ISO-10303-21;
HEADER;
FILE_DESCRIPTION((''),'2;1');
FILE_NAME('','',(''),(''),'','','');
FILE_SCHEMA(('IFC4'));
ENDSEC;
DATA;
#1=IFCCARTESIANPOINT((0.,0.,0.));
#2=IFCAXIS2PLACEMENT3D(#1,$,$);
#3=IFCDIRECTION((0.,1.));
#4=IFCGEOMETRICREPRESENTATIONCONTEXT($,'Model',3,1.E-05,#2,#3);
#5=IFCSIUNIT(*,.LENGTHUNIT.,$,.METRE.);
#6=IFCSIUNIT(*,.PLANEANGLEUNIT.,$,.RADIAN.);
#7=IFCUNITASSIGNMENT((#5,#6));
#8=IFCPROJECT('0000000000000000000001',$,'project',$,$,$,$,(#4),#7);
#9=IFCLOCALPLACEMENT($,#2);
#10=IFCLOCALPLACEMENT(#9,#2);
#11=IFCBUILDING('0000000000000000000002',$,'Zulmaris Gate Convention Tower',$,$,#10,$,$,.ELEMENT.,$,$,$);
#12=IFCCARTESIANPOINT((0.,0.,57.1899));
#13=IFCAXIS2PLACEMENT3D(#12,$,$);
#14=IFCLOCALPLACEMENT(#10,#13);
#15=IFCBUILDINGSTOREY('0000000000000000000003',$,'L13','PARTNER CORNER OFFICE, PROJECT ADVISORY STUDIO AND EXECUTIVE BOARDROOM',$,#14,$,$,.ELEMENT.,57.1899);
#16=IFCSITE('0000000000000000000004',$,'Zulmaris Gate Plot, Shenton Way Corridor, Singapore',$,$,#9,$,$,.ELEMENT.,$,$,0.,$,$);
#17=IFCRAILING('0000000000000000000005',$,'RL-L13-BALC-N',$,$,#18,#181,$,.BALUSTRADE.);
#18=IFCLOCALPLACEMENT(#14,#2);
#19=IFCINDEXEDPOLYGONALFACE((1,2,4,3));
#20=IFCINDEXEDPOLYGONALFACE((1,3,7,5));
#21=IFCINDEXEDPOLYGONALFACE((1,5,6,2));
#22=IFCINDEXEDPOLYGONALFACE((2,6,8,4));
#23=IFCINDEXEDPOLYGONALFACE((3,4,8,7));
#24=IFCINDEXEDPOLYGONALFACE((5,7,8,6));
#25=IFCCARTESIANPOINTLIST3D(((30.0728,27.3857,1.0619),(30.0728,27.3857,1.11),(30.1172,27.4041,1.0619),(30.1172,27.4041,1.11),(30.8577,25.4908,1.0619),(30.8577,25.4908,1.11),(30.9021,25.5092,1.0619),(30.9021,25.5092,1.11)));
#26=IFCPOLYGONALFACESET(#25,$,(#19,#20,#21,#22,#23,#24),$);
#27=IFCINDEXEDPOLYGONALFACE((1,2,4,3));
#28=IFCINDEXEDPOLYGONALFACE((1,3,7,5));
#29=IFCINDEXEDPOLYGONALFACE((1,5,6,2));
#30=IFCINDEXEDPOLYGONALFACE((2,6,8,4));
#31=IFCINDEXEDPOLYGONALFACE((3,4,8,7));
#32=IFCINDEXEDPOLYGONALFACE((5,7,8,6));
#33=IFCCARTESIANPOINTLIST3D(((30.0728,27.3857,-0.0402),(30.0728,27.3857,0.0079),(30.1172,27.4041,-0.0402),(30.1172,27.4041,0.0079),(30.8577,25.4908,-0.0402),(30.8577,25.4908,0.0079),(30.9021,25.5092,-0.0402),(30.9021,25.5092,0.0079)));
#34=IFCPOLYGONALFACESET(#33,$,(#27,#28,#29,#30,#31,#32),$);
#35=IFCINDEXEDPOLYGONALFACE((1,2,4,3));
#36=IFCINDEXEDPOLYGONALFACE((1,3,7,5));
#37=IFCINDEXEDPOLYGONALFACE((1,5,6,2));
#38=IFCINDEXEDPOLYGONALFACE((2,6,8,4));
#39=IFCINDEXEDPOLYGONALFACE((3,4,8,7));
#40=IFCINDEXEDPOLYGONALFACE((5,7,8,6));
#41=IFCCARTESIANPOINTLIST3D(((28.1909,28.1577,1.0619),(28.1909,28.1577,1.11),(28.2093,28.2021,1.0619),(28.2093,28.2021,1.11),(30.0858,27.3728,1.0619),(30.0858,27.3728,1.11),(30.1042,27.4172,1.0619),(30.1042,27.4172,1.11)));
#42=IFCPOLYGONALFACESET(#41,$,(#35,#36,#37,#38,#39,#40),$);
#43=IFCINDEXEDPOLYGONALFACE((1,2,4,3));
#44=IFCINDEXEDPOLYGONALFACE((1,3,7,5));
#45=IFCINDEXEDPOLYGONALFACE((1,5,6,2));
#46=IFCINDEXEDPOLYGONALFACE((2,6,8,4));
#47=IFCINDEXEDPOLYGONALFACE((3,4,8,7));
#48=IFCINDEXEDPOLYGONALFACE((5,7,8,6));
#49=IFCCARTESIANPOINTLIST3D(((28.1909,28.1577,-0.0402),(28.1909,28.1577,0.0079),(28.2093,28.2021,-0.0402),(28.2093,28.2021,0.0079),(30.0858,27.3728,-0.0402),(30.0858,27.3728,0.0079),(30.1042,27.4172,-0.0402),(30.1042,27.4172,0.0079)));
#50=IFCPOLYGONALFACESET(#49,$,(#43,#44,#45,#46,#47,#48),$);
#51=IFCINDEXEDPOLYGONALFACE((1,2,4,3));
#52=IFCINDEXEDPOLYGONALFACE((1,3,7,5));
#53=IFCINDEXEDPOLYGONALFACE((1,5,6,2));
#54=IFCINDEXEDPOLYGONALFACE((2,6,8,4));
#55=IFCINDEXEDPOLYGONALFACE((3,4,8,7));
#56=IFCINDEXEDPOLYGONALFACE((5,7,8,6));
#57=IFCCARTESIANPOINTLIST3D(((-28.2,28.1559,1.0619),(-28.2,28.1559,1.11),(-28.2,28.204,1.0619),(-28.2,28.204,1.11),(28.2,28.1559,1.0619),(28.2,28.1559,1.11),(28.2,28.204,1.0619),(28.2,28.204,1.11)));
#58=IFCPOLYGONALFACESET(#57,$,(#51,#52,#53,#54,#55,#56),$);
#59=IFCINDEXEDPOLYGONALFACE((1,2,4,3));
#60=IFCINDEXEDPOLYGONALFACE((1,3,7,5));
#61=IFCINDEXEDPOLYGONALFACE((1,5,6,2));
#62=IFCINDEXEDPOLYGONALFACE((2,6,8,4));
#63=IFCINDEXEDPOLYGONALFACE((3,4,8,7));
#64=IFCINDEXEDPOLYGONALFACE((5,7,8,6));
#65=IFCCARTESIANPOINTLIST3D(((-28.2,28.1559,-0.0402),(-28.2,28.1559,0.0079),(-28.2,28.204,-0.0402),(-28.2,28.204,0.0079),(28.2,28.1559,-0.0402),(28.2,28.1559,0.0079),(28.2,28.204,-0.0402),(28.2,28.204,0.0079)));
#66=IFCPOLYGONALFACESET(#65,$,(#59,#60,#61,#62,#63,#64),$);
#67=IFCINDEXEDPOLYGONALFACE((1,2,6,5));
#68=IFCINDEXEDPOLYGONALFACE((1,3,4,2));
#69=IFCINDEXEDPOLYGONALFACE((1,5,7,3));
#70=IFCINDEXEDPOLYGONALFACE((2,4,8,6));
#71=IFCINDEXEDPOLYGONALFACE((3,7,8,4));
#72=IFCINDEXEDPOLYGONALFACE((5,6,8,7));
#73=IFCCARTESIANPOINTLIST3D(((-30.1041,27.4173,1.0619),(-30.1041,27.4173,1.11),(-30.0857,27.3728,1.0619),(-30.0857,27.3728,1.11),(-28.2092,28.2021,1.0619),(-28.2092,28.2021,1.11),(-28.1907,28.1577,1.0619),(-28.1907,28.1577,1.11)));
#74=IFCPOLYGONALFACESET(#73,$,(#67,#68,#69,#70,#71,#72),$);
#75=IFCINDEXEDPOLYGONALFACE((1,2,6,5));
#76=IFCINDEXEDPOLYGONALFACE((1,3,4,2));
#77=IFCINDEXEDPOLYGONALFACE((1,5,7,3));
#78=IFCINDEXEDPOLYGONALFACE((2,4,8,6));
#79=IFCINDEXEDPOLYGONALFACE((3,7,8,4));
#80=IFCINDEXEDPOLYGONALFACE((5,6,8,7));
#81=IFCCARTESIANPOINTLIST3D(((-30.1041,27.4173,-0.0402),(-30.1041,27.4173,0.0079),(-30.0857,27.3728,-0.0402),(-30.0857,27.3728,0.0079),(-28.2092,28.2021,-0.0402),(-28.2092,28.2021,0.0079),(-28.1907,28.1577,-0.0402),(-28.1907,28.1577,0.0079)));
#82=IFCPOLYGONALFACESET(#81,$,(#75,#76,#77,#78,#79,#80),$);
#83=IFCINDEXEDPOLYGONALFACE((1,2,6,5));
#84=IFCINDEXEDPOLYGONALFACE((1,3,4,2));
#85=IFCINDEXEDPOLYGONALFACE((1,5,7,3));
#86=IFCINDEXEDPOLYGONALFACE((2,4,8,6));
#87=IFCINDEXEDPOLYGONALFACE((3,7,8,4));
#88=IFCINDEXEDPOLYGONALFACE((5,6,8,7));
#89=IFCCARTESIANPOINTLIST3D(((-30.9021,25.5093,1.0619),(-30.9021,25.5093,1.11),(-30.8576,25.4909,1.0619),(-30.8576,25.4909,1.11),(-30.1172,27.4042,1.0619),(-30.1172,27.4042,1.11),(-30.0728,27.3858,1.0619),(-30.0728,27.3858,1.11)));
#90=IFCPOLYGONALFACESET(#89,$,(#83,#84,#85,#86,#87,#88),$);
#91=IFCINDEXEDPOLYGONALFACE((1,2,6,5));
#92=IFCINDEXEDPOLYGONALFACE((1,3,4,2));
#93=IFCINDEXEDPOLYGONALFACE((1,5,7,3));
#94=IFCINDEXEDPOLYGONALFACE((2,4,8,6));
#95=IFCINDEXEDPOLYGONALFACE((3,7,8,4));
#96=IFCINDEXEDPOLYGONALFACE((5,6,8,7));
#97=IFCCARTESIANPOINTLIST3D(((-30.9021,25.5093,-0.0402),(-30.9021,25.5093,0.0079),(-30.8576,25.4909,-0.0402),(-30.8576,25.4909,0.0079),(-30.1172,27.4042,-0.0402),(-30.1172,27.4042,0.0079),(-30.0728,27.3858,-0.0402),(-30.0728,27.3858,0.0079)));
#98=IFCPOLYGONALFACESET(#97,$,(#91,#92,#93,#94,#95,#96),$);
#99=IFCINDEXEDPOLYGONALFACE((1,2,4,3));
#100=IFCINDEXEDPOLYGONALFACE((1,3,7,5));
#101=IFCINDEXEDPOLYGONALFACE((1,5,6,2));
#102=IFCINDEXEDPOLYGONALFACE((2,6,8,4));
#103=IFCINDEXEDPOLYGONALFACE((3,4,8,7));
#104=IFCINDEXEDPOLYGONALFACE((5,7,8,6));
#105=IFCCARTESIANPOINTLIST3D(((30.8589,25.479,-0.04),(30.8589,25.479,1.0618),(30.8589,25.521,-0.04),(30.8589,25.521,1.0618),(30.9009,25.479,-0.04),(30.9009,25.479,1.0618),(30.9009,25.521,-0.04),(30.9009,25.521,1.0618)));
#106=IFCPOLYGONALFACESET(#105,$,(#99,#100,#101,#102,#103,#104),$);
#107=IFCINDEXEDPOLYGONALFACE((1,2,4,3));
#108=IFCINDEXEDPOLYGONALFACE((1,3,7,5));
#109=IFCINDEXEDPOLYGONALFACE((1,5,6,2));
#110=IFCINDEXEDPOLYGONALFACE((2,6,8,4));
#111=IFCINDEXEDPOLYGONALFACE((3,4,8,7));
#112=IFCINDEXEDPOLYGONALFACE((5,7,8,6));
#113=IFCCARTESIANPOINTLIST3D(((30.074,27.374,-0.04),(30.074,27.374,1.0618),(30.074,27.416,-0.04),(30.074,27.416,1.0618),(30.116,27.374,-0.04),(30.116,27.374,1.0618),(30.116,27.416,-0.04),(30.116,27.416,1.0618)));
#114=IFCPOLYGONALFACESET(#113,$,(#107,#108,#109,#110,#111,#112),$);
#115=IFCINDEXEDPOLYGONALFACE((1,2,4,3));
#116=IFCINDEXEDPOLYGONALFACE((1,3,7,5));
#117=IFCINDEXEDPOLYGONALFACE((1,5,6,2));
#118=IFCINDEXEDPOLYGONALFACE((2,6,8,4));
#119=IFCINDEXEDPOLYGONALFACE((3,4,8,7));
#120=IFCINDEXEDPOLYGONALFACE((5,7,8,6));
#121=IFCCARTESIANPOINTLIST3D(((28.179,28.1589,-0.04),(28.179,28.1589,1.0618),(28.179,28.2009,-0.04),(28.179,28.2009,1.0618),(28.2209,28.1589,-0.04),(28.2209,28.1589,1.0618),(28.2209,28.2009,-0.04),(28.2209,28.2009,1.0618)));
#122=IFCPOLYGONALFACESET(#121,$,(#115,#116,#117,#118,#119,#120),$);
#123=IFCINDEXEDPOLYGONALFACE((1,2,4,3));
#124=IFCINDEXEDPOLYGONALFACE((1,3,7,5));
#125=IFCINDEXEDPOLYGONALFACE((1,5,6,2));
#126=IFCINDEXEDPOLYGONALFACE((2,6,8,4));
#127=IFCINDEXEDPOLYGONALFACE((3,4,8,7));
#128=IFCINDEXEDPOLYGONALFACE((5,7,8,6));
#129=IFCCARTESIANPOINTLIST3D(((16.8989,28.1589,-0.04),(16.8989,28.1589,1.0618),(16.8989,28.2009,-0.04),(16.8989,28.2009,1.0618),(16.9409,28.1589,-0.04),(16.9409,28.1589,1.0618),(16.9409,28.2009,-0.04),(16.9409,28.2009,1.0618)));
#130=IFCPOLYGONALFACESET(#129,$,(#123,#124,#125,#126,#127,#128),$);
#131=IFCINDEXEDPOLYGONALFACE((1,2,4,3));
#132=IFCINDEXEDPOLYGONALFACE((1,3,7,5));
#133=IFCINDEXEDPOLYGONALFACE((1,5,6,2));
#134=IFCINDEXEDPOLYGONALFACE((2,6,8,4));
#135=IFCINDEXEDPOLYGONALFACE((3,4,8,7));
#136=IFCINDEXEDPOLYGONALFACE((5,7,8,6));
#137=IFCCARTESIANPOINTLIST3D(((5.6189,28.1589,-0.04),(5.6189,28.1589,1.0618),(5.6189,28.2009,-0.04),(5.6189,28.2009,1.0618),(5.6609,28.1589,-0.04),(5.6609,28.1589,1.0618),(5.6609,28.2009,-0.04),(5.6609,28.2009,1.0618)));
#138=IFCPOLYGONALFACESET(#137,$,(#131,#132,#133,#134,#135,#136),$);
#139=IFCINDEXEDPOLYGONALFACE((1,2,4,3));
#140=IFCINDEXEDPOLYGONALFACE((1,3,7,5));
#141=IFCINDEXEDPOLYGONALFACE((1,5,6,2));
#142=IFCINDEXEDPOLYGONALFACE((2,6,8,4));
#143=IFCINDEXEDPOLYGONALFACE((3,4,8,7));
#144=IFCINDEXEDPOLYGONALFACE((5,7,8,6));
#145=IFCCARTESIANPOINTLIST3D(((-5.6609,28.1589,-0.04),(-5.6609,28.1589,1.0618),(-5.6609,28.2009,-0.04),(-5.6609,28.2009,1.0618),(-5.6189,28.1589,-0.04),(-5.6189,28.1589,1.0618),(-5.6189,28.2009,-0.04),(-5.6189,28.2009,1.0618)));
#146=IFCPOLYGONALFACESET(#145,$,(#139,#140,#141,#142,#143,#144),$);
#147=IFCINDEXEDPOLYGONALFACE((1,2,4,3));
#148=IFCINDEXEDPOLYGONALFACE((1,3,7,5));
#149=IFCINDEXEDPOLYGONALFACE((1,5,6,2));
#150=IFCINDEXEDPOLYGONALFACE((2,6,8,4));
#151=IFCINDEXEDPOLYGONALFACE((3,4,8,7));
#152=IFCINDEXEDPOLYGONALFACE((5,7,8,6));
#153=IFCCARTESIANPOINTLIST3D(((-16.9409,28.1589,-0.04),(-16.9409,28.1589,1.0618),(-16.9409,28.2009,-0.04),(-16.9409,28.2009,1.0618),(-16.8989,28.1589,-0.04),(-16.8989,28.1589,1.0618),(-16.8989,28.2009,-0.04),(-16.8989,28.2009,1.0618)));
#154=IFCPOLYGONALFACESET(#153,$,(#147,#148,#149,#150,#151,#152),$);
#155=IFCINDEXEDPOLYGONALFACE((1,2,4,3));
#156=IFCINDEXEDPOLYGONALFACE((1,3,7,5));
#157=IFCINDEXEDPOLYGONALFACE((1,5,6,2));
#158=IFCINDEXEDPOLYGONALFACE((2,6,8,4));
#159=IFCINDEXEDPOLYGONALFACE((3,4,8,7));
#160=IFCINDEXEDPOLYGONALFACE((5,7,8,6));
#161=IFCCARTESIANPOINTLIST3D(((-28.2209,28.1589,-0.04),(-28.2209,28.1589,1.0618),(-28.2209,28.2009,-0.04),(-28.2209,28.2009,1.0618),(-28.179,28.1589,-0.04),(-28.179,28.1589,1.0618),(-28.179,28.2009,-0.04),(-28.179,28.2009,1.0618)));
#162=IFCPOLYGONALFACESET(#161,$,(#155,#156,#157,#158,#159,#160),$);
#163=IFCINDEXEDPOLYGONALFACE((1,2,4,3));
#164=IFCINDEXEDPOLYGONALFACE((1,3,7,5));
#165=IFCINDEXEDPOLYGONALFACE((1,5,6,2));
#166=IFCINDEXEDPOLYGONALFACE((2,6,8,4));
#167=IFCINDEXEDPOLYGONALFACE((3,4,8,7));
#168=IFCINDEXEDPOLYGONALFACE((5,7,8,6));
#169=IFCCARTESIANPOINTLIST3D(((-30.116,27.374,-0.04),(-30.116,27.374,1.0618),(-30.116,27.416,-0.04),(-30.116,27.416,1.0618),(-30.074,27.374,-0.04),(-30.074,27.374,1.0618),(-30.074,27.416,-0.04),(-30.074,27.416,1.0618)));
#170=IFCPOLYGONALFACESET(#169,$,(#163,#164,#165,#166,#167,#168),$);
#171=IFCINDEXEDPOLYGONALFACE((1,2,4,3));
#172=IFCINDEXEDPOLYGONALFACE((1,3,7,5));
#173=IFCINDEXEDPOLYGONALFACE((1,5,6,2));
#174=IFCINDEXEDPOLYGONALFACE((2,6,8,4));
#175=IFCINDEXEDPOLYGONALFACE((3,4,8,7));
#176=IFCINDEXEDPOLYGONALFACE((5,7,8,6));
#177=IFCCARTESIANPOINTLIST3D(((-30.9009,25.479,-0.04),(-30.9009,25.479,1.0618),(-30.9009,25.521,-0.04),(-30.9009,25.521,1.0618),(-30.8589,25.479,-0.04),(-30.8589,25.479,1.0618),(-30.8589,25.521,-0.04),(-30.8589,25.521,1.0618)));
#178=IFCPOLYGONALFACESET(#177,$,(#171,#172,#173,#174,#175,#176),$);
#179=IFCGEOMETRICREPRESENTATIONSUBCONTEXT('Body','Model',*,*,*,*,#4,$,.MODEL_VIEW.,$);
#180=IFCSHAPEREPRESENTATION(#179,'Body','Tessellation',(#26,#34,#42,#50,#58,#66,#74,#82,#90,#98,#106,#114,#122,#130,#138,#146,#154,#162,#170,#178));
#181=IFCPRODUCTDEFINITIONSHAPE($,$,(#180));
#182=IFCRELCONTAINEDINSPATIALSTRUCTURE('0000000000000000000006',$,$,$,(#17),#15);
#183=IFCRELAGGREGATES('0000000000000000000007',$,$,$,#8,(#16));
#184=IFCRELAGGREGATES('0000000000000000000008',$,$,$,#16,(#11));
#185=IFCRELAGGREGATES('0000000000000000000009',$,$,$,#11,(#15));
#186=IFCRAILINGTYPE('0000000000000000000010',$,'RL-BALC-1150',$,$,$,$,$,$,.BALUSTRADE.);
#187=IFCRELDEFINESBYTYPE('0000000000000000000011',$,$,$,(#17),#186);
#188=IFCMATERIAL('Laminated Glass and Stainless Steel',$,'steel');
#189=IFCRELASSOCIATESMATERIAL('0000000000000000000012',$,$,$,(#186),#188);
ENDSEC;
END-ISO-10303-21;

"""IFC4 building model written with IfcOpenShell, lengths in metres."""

from ifc_helpers import new_model, si_unit, direction, frame, origin, origin_2d, place, context, subcontext, project, spatial, rectangle, extrude, material, type_object, element, save


model = new_model("IFC4")

# Units and contexts
model_context = context("Model", 3, precision=1e-05, world=origin(), true_north=direction((0.0, 1.0)))
body_context = subcontext(model_context, "Body", "Model", "MODEL_VIEW")
ifc_project = project(units=[si_unit("LENGTHUNIT", "METRE"), si_unit("PLANEANGLEUNIT", "RADIAN")], contexts=[model_context])

# Site, building, storey
site_placement = place(None, origin())
site = spatial("IfcSite", under=ifc_project, at=site_placement, Name="Zulmaris Gate Plot, Shenton Way Corridor, Singapore", CompositionType="ELEMENT", RefElevation=0.0)
building_placement = place(site_placement, origin())
building = spatial("IfcBuilding", under=site, at=building_placement, Name="Zulmaris Gate Convention Tower", CompositionType="ELEMENT")
storey_placement = place(building_placement, frame((0.0, 0.0, 57.1899)))
storey = spatial("IfcBuildingStorey", under=building, at=storey_placement, Name="L13", Description="PARTNER CORNER OFFICE, PROJECT ADVISORY STUDIO AND EXECUTIVE BOARDROOM", CompositionType="ELEMENT", Elevation=57.1899)

# Railing
ifc_material_1 = material(Name="Laminated Glass and Stainless Steel", Category="steel")
railing_type = type_object("IfcRailingType", Name="RL-BALC-1150", PredefinedType="BALUSTRADE", material=ifc_material_1)
railing_placement = place(storey_placement, frame((30.8799, 25.5, -0.04)))
element("IfcRailing", 1, at=railing_placement, inside=storey, type_object=railing_type, Name="RL-L13-BALC-N", PredefinedType="BALUSTRADE", context=body_context, shape_type="SweptSolid", body=[
    extrude(rectangle(XDim=0.0481, YDim=0.0481, at=origin_2d()), frame((0.0, 0.0, 1.126), z_axis=(-0.382671, 0.923885, 0.0), x_axis=(-0.923885, -0.382671, 0.0)), (0.0, 0.0, 1.0), 2.051),
    extrude(rectangle(XDim=0.0481, YDim=0.0481, at=origin_2d()), frame((0.0, 0.0, 0.0239), z_axis=(-0.382671, 0.923885, 0.0), x_axis=(-0.923885, -0.382671, 0.0)), (0.0, 0.0, 1.0), 2.051),
    extrude(rectangle(XDim=0.0481, YDim=0.0481, at=origin_2d()), frame((-0.7849, 1.895, 1.126), z_axis=(-0.923885, 0.382671, 0.0), x_axis=(-0.382671, -0.923885, 0.0)), (0.0, 0.0, 1.0), 2.051),
    extrude(rectangle(XDim=0.0481, YDim=0.0481, at=origin_2d()), frame((-0.7849, 1.895, 0.0239), z_axis=(-0.923885, 0.382671, 0.0), x_axis=(-0.382671, -0.923885, 0.0)), (0.0, 0.0, 1.0), 2.051),
    extrude(rectangle(XDim=0.0481, YDim=0.0481, at=origin_2d()), frame((-2.6799, 2.6799, 1.126), z_axis=(-1.0, 0.0, 0.0), x_axis=(0.0, -1.0, 0.0)), (0.0, 0.0, 1.0), 56.3999),
    extrude(rectangle(XDim=0.0481, YDim=0.0481, at=origin_2d()), frame((-2.6799, 2.6799, 0.0239), z_axis=(-1.0, 0.0, 0.0), x_axis=(0.0, -1.0, 0.0)), (0.0, 0.0, 1.0), 56.3999),
    extrude(rectangle(XDim=0.0481, YDim=0.0481, at=origin_2d()), frame((-59.0798, 2.6799, 1.126), z_axis=(-0.923885, -0.382671, 0.0), x_axis=(0.382671, -0.923885, 0.0)), (0.0, 0.0, 1.0), 2.051),
    extrude(rectangle(XDim=0.0481, YDim=0.0481, at=origin_2d()), frame((-59.0798, 2.6799, 0.0239), z_axis=(-0.923885, -0.382671, 0.0), x_axis=(0.382671, -0.923885, 0.0)), (0.0, 0.0, 1.0), 2.051),
    extrude(rectangle(XDim=0.0481, YDim=0.0481, at=origin_2d()), frame((-60.9749, 1.895, 1.126), z_axis=(-0.382671, -0.923885, 0.0), x_axis=(0.923885, -0.382671, 0.0)), (0.0, 0.0, 1.0), 2.051),
    extrude(rectangle(XDim=0.0481, YDim=0.0481, at=origin_2d()), frame((-60.9749, 1.895, 0.0239), z_axis=(-0.382671, -0.923885, 0.0), x_axis=(0.923885, -0.382671, 0.0)), (0.0, 0.0, 1.0), 2.051),
    extrude(rectangle(XDim=0.042, YDim=0.042, at=origin_2d()), origin(), (0.0, 0.0, 1.0), 1.1018),
    extrude(rectangle(XDim=0.042, YDim=0.042, at=origin_2d()), frame((-0.7849, 1.895, 0.0)), (0.0, 0.0, 1.0), 1.1018),
    extrude(rectangle(XDim=0.042, YDim=0.042, at=origin_2d()), frame((-2.6799, 2.6799, 0.0)), (0.0, 0.0, 1.0), 1.1018),
    extrude(rectangle(XDim=0.042, YDim=0.042, at=origin_2d()), frame((-13.96, 2.6799, 0.0)), (0.0, 0.0, 1.0), 1.1018),
    extrude(rectangle(XDim=0.042, YDim=0.042, at=origin_2d()), frame((-25.24, 2.6799, 0.0)), (0.0, 0.0, 1.0), 1.1018),
    extrude(rectangle(XDim=0.042, YDim=0.042, at=origin_2d()), frame((-36.5198, 2.6799, 0.0)), (0.0, 0.0, 1.0), 1.1018),
    extrude(rectangle(XDim=0.042, YDim=0.042, at=origin_2d()), frame((-47.7998, 2.6799, 0.0)), (0.0, 0.0, 1.0), 1.1018),
    extrude(rectangle(XDim=0.042, YDim=0.042, at=origin_2d()), frame((-59.0798, 2.6799, 0.0)), (0.0, 0.0, 1.0), 1.1018),
    extrude(rectangle(XDim=0.042, YDim=0.042, at=origin_2d()), frame((-60.9749, 1.895, 0.0)), (0.0, 0.0, 1.0), 1.1018),
    extrude(rectangle(XDim=0.042, YDim=0.042, at=origin_2d()), frame((-61.7598, 0.0, 0.0)), (0.0, 0.0, 1.0), 1.1018),
])

save(model, "model.ifc")
